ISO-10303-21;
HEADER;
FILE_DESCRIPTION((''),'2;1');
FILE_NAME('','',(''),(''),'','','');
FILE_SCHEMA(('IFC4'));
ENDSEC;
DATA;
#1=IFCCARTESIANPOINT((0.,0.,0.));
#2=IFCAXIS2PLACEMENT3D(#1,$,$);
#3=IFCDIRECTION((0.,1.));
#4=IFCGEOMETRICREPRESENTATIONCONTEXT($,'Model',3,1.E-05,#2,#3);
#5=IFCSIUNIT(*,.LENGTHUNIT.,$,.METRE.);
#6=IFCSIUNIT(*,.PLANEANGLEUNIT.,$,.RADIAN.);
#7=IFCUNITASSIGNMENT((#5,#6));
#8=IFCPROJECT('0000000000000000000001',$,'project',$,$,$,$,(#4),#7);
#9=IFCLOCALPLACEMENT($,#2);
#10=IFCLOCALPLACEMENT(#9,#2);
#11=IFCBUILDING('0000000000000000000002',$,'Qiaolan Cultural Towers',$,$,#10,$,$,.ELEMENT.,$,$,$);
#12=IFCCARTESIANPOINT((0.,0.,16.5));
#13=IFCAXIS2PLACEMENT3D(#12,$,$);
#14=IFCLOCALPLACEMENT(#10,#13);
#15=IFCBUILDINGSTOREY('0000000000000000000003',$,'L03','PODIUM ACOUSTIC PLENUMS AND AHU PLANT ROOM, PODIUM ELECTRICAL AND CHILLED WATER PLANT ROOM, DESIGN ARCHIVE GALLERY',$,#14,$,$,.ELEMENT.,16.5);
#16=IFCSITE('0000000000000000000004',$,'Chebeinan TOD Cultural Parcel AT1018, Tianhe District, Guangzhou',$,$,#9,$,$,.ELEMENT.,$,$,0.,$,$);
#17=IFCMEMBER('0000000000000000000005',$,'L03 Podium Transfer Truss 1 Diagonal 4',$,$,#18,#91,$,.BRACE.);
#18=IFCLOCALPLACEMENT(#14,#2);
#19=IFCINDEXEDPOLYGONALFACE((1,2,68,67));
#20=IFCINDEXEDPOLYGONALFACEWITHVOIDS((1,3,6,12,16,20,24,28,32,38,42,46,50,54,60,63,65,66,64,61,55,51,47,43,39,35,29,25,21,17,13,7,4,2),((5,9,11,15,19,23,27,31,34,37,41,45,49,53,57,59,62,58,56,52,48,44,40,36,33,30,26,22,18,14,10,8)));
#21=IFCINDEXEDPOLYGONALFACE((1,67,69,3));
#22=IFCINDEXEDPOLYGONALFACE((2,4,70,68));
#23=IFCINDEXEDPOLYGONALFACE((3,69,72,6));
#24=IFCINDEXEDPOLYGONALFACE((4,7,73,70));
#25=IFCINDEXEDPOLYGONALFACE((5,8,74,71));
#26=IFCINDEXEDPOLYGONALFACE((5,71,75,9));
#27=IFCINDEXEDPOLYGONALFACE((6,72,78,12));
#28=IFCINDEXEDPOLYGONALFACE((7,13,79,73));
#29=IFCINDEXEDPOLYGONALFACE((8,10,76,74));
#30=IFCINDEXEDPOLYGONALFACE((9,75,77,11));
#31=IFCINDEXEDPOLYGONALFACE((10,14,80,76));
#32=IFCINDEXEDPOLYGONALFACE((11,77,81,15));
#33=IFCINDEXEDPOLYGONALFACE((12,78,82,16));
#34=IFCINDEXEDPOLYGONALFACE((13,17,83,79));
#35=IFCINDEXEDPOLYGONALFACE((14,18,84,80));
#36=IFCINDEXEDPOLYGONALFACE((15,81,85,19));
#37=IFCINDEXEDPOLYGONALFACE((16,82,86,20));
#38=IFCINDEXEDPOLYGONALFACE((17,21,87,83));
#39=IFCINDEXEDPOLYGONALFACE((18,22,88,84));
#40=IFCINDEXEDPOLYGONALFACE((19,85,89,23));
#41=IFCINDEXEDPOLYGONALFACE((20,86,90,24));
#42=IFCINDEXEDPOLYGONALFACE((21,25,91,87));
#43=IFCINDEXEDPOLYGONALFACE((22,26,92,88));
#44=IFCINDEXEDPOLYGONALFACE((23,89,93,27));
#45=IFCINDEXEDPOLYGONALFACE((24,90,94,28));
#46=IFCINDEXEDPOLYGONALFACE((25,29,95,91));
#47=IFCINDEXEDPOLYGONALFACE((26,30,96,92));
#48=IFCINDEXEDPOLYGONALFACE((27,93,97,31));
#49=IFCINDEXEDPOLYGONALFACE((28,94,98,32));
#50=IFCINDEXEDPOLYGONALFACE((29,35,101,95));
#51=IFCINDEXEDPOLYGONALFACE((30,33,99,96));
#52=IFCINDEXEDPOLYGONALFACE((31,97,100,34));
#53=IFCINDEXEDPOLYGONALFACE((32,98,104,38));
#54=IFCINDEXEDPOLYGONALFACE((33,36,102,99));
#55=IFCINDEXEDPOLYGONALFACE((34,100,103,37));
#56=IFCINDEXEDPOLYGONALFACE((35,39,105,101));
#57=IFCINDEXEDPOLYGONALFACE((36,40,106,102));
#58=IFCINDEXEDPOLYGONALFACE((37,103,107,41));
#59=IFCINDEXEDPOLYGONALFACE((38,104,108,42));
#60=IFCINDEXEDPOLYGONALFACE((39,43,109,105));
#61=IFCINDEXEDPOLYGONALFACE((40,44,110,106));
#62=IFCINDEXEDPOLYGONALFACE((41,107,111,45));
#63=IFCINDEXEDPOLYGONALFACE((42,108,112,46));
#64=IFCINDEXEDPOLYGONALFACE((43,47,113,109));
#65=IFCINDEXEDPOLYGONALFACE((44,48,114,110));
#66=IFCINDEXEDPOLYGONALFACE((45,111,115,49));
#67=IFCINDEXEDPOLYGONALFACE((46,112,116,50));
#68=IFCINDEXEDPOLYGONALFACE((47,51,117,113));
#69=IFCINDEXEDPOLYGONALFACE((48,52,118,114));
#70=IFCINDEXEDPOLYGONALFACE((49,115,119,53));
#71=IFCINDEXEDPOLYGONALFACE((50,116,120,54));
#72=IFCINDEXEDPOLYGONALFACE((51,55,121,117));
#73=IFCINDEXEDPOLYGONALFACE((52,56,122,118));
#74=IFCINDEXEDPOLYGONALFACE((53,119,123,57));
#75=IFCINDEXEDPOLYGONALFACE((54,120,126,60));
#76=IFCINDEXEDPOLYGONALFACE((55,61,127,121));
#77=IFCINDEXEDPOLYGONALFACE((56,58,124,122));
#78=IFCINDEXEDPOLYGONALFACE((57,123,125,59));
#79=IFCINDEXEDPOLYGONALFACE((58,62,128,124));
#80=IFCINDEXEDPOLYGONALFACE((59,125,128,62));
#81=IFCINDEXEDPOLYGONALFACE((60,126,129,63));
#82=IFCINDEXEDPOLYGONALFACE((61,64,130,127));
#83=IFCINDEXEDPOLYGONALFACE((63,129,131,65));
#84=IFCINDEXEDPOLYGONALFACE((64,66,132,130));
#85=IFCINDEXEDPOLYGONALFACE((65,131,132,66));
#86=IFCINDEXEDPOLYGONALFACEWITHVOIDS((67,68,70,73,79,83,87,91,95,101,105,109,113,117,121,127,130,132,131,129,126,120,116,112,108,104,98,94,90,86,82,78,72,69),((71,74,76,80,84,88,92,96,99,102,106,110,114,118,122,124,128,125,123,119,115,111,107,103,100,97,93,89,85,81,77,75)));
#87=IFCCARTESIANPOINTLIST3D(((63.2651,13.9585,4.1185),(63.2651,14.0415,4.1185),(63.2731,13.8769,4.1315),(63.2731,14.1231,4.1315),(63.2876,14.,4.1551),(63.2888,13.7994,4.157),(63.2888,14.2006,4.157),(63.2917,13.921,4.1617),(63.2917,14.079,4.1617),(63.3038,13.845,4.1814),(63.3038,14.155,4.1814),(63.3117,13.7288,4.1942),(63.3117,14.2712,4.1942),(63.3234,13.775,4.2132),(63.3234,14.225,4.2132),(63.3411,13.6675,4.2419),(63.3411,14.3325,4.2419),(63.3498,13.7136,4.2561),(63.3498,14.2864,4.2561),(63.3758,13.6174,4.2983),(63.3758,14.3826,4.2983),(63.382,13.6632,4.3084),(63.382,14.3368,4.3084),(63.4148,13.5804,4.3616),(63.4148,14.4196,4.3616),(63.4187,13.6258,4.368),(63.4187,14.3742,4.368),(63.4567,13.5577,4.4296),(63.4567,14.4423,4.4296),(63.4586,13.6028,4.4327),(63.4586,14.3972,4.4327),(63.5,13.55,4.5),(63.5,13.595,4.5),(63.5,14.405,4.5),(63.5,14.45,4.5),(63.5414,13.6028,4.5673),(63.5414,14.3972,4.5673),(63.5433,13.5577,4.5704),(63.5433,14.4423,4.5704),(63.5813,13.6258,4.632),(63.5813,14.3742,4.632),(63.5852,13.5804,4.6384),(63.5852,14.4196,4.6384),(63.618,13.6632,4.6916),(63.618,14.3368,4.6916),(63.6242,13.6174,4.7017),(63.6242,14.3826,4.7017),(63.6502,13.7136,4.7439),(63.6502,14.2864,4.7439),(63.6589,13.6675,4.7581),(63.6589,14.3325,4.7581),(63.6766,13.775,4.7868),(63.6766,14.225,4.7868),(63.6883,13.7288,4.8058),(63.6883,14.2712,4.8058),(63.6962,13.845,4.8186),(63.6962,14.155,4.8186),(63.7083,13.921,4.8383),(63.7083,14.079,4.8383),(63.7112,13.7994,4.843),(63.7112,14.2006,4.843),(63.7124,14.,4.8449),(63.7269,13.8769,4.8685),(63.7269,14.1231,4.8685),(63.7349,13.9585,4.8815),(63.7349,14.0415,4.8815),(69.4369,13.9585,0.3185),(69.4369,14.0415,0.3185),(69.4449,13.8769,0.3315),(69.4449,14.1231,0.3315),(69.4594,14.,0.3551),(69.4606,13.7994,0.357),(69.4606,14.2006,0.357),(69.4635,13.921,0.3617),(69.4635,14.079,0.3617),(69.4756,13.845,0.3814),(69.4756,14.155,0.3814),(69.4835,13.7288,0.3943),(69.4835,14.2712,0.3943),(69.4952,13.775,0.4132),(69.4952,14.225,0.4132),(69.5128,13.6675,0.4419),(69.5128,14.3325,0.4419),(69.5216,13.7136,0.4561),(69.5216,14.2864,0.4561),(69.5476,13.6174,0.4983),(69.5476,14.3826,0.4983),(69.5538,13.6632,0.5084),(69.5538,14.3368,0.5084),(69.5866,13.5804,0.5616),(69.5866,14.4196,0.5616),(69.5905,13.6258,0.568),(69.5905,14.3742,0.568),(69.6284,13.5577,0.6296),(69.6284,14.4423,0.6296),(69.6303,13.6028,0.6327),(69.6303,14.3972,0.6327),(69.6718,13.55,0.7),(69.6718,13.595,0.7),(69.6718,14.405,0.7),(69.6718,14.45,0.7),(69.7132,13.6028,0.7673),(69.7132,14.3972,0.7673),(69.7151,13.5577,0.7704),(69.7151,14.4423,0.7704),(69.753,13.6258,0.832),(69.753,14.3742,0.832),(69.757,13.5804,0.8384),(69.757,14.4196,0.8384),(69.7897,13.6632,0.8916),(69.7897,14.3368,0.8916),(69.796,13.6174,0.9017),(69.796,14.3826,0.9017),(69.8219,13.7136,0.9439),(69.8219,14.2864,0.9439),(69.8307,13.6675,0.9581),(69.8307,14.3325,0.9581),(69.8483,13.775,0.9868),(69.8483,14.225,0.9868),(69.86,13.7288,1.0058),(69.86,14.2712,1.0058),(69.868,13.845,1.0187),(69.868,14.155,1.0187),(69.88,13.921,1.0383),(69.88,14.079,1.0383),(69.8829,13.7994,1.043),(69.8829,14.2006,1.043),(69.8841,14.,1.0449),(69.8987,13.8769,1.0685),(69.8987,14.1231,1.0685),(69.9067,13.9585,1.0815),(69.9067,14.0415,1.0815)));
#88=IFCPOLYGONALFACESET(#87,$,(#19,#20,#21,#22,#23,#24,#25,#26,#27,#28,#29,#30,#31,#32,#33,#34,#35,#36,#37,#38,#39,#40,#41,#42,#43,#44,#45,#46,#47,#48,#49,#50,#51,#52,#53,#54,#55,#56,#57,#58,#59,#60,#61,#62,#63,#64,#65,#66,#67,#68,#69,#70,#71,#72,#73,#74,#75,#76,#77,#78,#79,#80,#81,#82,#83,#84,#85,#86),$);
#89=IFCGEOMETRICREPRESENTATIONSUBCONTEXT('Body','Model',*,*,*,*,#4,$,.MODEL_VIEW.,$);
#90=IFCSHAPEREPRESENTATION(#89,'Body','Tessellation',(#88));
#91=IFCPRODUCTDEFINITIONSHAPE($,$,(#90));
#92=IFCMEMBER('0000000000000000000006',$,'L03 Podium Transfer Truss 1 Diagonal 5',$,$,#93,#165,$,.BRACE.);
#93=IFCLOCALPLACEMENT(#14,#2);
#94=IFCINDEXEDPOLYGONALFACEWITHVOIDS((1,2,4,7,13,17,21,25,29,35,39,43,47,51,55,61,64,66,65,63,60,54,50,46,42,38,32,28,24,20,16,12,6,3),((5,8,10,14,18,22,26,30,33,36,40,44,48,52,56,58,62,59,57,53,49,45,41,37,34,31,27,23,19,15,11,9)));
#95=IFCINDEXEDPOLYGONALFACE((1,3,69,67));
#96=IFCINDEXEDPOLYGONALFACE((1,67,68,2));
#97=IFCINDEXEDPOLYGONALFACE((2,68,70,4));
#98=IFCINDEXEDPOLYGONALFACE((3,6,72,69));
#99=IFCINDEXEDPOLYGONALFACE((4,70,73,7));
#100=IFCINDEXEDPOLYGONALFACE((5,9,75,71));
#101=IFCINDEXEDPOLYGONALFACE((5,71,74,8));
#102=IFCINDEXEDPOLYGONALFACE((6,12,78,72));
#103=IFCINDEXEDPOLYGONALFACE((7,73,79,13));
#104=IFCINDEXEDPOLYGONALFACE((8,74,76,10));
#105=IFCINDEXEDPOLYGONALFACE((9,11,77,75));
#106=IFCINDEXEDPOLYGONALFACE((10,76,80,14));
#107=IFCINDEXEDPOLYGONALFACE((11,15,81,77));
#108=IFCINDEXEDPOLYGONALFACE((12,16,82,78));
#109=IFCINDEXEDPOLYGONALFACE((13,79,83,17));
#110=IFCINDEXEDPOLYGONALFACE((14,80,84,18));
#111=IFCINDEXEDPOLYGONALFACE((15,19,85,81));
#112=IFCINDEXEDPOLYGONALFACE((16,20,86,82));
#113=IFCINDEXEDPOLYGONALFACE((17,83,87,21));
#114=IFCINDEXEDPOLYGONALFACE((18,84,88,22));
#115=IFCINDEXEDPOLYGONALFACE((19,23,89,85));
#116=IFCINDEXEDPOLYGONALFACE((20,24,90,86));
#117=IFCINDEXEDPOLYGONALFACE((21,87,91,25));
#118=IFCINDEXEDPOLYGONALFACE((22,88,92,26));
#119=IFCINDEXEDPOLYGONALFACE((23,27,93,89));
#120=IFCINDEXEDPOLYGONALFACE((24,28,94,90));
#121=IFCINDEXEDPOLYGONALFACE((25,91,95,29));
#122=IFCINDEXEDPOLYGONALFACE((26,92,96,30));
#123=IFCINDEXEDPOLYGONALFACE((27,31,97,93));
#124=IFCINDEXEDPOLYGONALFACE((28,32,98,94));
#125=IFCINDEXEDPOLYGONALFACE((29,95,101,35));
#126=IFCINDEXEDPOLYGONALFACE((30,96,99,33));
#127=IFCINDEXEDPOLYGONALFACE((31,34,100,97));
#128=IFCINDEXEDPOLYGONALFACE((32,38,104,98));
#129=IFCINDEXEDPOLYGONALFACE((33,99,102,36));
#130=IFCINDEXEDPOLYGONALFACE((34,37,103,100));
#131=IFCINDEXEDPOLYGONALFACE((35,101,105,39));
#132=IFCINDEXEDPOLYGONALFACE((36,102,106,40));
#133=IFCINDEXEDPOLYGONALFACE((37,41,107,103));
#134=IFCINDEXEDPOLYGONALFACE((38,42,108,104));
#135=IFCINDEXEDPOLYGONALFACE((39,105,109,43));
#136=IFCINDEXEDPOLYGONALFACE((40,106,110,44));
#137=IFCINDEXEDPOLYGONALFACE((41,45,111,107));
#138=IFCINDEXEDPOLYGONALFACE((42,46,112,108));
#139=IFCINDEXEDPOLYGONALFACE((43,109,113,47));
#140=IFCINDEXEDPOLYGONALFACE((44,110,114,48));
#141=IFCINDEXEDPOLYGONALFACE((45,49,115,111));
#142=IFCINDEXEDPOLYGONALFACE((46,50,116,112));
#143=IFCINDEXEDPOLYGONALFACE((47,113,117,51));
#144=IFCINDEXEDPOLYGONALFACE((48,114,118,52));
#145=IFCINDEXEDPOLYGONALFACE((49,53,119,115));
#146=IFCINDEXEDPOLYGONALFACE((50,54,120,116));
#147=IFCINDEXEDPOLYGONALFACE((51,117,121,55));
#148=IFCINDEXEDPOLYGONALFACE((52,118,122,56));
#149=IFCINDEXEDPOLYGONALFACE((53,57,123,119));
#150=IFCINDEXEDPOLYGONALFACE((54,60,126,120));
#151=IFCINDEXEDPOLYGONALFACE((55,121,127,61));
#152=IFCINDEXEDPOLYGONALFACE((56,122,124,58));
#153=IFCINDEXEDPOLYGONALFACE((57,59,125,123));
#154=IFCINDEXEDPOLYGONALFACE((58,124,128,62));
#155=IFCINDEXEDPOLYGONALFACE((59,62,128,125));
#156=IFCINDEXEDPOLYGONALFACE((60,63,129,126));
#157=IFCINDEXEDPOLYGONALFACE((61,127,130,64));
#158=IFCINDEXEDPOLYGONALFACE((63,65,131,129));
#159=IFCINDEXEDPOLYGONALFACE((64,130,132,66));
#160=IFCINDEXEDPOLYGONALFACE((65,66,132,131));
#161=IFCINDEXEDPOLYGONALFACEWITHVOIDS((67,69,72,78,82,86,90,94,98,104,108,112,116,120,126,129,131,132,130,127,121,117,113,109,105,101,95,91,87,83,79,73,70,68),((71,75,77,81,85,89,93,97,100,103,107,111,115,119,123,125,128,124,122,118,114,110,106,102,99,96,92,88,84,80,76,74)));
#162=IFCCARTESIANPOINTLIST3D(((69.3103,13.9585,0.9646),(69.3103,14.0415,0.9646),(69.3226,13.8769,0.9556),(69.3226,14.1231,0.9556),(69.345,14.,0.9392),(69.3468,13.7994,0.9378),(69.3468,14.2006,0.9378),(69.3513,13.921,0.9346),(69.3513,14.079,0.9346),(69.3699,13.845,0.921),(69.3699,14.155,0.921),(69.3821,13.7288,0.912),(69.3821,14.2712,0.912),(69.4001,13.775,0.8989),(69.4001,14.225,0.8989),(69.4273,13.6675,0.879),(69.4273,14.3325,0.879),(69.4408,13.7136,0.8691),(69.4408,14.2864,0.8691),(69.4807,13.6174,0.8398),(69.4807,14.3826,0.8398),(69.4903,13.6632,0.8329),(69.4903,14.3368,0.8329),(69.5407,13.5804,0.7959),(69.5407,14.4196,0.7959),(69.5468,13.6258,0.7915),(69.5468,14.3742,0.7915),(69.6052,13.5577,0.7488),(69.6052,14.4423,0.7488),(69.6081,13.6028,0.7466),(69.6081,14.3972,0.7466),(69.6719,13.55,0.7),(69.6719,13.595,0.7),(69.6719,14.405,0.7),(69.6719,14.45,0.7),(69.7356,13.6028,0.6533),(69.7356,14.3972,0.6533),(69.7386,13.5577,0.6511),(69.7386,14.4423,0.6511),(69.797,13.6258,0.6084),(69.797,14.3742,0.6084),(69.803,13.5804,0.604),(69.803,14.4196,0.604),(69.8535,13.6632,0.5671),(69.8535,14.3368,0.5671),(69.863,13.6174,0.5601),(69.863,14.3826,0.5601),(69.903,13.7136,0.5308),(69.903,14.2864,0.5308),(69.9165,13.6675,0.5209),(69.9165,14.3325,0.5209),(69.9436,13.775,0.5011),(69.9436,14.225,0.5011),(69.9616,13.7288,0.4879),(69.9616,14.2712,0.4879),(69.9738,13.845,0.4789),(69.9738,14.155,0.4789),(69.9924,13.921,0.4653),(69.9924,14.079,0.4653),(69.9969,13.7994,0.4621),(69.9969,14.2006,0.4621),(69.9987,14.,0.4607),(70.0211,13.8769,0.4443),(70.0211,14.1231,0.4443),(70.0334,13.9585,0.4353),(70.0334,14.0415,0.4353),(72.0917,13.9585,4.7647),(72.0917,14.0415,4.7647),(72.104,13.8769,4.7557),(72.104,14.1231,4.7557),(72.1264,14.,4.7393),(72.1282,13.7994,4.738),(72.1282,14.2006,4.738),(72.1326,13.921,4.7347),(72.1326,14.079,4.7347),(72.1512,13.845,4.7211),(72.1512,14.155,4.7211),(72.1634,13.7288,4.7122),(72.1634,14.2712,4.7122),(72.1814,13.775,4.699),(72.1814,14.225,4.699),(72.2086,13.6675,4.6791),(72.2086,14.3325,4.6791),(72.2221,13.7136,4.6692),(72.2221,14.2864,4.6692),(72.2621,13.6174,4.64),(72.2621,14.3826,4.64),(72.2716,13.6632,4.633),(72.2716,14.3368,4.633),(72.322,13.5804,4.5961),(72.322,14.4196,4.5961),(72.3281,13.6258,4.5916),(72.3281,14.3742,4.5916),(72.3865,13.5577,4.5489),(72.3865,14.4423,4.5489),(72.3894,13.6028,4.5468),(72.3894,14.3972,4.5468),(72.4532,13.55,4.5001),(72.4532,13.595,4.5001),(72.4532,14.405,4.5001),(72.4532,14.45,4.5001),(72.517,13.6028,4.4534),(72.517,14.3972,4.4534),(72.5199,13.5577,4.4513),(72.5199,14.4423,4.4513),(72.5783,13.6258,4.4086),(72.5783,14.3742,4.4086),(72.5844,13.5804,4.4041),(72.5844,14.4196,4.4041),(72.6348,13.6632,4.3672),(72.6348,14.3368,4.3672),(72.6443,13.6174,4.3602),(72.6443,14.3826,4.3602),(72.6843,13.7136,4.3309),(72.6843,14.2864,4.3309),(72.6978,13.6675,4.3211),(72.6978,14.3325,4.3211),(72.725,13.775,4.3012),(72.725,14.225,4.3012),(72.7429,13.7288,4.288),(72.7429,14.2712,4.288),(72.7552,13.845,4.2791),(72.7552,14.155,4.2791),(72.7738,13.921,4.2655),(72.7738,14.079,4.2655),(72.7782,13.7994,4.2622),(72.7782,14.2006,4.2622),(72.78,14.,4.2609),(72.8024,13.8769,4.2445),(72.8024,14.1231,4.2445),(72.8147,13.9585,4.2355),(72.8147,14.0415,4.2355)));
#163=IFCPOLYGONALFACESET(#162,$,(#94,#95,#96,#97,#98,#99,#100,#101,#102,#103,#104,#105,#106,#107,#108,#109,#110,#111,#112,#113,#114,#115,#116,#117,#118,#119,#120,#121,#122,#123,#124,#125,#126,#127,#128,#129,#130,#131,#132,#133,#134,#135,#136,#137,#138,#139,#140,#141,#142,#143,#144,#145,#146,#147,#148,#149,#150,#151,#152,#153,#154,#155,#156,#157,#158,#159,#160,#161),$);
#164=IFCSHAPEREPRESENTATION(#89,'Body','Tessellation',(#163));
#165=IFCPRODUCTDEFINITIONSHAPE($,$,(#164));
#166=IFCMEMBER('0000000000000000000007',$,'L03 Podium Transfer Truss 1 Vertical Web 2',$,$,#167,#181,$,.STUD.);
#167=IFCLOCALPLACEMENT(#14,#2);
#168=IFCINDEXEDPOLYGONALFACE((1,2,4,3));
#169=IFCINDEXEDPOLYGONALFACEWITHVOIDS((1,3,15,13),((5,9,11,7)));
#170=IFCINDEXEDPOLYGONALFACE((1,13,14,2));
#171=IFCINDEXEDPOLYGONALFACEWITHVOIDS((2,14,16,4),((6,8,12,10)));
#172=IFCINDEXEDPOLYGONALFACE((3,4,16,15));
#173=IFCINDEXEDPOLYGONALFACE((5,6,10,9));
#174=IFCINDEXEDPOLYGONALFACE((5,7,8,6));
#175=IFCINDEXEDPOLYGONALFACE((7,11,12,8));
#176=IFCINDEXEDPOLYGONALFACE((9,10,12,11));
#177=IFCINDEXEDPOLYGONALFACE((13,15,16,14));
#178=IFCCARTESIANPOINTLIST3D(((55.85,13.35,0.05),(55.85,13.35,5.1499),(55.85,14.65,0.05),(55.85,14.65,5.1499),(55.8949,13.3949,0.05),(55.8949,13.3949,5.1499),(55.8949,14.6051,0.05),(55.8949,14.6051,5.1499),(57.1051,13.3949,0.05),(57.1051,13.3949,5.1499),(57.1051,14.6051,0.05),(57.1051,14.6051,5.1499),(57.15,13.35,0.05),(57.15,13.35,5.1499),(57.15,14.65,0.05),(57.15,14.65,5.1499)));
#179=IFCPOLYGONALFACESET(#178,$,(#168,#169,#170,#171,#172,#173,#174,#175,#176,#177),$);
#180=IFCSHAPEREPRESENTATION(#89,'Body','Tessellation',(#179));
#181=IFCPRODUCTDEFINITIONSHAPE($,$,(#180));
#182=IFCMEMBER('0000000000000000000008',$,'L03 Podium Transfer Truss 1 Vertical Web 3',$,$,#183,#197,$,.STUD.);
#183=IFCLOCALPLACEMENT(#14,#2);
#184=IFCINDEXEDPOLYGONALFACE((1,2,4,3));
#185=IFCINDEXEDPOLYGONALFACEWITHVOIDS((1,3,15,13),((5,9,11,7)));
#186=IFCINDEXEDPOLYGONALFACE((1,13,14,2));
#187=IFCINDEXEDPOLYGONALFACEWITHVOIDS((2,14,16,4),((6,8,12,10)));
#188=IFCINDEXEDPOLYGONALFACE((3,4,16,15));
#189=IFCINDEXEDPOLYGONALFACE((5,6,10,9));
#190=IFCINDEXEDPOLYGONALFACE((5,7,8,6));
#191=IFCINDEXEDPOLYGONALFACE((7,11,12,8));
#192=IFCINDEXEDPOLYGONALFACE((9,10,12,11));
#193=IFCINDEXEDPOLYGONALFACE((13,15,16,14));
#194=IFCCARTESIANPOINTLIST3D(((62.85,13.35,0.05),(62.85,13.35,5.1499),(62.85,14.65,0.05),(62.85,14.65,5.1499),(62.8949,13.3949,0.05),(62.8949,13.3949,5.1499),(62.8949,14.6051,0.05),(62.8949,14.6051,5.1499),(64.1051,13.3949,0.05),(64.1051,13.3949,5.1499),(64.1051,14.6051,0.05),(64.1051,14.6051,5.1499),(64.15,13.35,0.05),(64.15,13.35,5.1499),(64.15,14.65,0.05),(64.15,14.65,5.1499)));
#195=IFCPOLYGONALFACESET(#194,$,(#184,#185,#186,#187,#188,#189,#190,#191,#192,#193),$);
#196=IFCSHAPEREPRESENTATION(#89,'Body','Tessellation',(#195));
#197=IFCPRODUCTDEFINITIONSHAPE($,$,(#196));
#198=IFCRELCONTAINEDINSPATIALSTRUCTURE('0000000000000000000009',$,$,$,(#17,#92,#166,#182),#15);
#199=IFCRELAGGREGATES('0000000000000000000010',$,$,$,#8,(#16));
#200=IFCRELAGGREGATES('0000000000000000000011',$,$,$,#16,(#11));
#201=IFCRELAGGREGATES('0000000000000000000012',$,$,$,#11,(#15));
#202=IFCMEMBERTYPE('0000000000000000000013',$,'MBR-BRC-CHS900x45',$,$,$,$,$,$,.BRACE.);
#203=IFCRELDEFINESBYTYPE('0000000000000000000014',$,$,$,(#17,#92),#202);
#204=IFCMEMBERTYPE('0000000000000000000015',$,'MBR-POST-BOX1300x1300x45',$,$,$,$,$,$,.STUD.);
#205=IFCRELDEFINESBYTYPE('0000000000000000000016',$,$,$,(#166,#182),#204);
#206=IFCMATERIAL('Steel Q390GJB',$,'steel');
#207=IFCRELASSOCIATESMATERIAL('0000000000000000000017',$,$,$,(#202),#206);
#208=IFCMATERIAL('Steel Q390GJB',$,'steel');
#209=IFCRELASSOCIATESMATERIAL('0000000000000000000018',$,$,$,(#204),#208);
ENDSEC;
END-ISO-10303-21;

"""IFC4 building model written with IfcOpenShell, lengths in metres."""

from ifc_helpers import new_model, si_unit, direction, frame, origin, origin_2d, place, context, subcontext, project, spatial, hollow_rectangle, hollow_circle, extrude, material, material_profile, profile_set, type_object, element, save


model = new_model("IFC4")

# Units and contexts
model_context = context("Model", 3, precision=1e-05, world=origin(), true_north=direction((0.0, 1.0)))
body_context = subcontext(model_context, "Body", "Model", "MODEL_VIEW")
ifc_project = project(units=[si_unit("LENGTHUNIT", "METRE"), si_unit("PLANEANGLEUNIT", "RADIAN")], contexts=[model_context])

# Site, building, storey
site_placement = place(None, origin())
site = spatial("IfcSite", under=ifc_project, at=site_placement, Name="Chebeinan TOD Cultural Parcel AT1018, Tianhe District, Guangzhou", CompositionType="ELEMENT", RefElevation=0.0)
building_placement = place(site_placement, origin())
building = spatial("IfcBuilding", under=site, at=building_placement, Name="Qiaolan Cultural Towers", CompositionType="ELEMENT")
storey_placement = place(building_placement, frame((0.0, 0.0, 16.5)))
storey = spatial("IfcBuildingStorey", under=building, at=storey_placement, Name="L03", Description="PODIUM ACOUSTIC PLENUMS AND AHU PLANT ROOM, PODIUM ELECTRICAL AND CHILLED WATER PLANT ROOM, DESIGN ARCHIVE GALLERY", CompositionType="ELEMENT", Elevation=16.5)

# Members
ifc_material_1 = material(Name="Steel Q390GJB", Category="steel")
ifc_material_profile_1 = material_profile(ifc_material_1, hollow_circle(Radius=0.45, WallThickness=0.0449, at=origin_2d()), Name="CHS900x45")
ifc_profile_set_1 = profile_set([ifc_material_profile_1], Name="Steel Q390GJB")
member_type_1 = type_object("IfcMemberType", Name="MBR-BRC-CHS900x45", PredefinedType="BRACE", material=ifc_profile_set_1)
member_1_placement = place(storey_placement, frame((63.5, 14.0, 4.5), z_axis=(0.851537, 0.0, -0.524295), x_axis=(0.0, 1.0, 0.0)))
element("IfcMember", 1, at=member_1_placement, inside=storey, type_object=member_type_1, Name="L03 Podium Transfer Truss 1 Diagonal 4", PredefinedType="BRACE", context=body_context, shape_type="SweptSolid", body=[
    extrude(hollow_circle(Radius=0.45, WallThickness=0.0449, at=origin_2d()), origin(), (0.0, 0.0, 1.0), 7.2478),
])
member_2_placement = place(storey_placement, frame((69.6719, 14.0, 0.7), z_axis=(0.59061, 0.0, 0.806957), x_axis=(0.0, 1.0, 0.0)))
element("IfcMember", 2, at=member_2_placement, inside=storey, type_object=member_type_1, Name="L03 Podium Transfer Truss 1 Diagonal 5", PredefinedType="BRACE", context=body_context, shape_type="SweptSolid", body=[
    extrude(hollow_circle(Radius=0.45, WallThickness=0.0449, at=origin_2d()), origin(), (0.0, 0.0, 1.0), 4.7092),
])
ifc_material_2 = material(Name="Steel Q390GJB", Category="steel")
ifc_material_profile_2 = material_profile(ifc_material_2, hollow_rectangle(XDim=1.3, YDim=1.3, WallThickness=0.0449, at=origin_2d()), Name="BOX1300x1300x45")
ifc_profile_set_2 = profile_set([ifc_material_profile_2], Name="Steel Q390GJB")
member_type_2 = type_object("IfcMemberType", Name="MBR-POST-BOX1300x1300x45", PredefinedType="STUD", material=ifc_profile_set_2)
for number, where, z_axis, x_axis, name in (
    (3, (56.5, 14.0, 0.05), (0.0, 0.0, 1.0), (1.0, 0.0, 0.0), "L03 Podium Transfer Truss 1 Vertical Web 2"),
    (4, (63.5, 14.0, 0.05), (0.0, 0.0, 1.0), (1.0, 0.0, 0.0), "L03 Podium Transfer Truss 1 Vertical Web 3"),
):
    element("IfcMember", number, at=place(storey_placement, frame(where, z_axis=z_axis, x_axis=x_axis)), inside=storey, type_object=member_type_2, Name=name, PredefinedType="STUD", context=body_context, shape_type="SweptSolid", body=[
        extrude(hollow_rectangle(XDim=1.3, YDim=1.3, WallThickness=0.0449, at=origin_2d()), origin(), (0.0, 0.0, 1.0), 5.0999),
    ])

save(model, "model.ifc")
